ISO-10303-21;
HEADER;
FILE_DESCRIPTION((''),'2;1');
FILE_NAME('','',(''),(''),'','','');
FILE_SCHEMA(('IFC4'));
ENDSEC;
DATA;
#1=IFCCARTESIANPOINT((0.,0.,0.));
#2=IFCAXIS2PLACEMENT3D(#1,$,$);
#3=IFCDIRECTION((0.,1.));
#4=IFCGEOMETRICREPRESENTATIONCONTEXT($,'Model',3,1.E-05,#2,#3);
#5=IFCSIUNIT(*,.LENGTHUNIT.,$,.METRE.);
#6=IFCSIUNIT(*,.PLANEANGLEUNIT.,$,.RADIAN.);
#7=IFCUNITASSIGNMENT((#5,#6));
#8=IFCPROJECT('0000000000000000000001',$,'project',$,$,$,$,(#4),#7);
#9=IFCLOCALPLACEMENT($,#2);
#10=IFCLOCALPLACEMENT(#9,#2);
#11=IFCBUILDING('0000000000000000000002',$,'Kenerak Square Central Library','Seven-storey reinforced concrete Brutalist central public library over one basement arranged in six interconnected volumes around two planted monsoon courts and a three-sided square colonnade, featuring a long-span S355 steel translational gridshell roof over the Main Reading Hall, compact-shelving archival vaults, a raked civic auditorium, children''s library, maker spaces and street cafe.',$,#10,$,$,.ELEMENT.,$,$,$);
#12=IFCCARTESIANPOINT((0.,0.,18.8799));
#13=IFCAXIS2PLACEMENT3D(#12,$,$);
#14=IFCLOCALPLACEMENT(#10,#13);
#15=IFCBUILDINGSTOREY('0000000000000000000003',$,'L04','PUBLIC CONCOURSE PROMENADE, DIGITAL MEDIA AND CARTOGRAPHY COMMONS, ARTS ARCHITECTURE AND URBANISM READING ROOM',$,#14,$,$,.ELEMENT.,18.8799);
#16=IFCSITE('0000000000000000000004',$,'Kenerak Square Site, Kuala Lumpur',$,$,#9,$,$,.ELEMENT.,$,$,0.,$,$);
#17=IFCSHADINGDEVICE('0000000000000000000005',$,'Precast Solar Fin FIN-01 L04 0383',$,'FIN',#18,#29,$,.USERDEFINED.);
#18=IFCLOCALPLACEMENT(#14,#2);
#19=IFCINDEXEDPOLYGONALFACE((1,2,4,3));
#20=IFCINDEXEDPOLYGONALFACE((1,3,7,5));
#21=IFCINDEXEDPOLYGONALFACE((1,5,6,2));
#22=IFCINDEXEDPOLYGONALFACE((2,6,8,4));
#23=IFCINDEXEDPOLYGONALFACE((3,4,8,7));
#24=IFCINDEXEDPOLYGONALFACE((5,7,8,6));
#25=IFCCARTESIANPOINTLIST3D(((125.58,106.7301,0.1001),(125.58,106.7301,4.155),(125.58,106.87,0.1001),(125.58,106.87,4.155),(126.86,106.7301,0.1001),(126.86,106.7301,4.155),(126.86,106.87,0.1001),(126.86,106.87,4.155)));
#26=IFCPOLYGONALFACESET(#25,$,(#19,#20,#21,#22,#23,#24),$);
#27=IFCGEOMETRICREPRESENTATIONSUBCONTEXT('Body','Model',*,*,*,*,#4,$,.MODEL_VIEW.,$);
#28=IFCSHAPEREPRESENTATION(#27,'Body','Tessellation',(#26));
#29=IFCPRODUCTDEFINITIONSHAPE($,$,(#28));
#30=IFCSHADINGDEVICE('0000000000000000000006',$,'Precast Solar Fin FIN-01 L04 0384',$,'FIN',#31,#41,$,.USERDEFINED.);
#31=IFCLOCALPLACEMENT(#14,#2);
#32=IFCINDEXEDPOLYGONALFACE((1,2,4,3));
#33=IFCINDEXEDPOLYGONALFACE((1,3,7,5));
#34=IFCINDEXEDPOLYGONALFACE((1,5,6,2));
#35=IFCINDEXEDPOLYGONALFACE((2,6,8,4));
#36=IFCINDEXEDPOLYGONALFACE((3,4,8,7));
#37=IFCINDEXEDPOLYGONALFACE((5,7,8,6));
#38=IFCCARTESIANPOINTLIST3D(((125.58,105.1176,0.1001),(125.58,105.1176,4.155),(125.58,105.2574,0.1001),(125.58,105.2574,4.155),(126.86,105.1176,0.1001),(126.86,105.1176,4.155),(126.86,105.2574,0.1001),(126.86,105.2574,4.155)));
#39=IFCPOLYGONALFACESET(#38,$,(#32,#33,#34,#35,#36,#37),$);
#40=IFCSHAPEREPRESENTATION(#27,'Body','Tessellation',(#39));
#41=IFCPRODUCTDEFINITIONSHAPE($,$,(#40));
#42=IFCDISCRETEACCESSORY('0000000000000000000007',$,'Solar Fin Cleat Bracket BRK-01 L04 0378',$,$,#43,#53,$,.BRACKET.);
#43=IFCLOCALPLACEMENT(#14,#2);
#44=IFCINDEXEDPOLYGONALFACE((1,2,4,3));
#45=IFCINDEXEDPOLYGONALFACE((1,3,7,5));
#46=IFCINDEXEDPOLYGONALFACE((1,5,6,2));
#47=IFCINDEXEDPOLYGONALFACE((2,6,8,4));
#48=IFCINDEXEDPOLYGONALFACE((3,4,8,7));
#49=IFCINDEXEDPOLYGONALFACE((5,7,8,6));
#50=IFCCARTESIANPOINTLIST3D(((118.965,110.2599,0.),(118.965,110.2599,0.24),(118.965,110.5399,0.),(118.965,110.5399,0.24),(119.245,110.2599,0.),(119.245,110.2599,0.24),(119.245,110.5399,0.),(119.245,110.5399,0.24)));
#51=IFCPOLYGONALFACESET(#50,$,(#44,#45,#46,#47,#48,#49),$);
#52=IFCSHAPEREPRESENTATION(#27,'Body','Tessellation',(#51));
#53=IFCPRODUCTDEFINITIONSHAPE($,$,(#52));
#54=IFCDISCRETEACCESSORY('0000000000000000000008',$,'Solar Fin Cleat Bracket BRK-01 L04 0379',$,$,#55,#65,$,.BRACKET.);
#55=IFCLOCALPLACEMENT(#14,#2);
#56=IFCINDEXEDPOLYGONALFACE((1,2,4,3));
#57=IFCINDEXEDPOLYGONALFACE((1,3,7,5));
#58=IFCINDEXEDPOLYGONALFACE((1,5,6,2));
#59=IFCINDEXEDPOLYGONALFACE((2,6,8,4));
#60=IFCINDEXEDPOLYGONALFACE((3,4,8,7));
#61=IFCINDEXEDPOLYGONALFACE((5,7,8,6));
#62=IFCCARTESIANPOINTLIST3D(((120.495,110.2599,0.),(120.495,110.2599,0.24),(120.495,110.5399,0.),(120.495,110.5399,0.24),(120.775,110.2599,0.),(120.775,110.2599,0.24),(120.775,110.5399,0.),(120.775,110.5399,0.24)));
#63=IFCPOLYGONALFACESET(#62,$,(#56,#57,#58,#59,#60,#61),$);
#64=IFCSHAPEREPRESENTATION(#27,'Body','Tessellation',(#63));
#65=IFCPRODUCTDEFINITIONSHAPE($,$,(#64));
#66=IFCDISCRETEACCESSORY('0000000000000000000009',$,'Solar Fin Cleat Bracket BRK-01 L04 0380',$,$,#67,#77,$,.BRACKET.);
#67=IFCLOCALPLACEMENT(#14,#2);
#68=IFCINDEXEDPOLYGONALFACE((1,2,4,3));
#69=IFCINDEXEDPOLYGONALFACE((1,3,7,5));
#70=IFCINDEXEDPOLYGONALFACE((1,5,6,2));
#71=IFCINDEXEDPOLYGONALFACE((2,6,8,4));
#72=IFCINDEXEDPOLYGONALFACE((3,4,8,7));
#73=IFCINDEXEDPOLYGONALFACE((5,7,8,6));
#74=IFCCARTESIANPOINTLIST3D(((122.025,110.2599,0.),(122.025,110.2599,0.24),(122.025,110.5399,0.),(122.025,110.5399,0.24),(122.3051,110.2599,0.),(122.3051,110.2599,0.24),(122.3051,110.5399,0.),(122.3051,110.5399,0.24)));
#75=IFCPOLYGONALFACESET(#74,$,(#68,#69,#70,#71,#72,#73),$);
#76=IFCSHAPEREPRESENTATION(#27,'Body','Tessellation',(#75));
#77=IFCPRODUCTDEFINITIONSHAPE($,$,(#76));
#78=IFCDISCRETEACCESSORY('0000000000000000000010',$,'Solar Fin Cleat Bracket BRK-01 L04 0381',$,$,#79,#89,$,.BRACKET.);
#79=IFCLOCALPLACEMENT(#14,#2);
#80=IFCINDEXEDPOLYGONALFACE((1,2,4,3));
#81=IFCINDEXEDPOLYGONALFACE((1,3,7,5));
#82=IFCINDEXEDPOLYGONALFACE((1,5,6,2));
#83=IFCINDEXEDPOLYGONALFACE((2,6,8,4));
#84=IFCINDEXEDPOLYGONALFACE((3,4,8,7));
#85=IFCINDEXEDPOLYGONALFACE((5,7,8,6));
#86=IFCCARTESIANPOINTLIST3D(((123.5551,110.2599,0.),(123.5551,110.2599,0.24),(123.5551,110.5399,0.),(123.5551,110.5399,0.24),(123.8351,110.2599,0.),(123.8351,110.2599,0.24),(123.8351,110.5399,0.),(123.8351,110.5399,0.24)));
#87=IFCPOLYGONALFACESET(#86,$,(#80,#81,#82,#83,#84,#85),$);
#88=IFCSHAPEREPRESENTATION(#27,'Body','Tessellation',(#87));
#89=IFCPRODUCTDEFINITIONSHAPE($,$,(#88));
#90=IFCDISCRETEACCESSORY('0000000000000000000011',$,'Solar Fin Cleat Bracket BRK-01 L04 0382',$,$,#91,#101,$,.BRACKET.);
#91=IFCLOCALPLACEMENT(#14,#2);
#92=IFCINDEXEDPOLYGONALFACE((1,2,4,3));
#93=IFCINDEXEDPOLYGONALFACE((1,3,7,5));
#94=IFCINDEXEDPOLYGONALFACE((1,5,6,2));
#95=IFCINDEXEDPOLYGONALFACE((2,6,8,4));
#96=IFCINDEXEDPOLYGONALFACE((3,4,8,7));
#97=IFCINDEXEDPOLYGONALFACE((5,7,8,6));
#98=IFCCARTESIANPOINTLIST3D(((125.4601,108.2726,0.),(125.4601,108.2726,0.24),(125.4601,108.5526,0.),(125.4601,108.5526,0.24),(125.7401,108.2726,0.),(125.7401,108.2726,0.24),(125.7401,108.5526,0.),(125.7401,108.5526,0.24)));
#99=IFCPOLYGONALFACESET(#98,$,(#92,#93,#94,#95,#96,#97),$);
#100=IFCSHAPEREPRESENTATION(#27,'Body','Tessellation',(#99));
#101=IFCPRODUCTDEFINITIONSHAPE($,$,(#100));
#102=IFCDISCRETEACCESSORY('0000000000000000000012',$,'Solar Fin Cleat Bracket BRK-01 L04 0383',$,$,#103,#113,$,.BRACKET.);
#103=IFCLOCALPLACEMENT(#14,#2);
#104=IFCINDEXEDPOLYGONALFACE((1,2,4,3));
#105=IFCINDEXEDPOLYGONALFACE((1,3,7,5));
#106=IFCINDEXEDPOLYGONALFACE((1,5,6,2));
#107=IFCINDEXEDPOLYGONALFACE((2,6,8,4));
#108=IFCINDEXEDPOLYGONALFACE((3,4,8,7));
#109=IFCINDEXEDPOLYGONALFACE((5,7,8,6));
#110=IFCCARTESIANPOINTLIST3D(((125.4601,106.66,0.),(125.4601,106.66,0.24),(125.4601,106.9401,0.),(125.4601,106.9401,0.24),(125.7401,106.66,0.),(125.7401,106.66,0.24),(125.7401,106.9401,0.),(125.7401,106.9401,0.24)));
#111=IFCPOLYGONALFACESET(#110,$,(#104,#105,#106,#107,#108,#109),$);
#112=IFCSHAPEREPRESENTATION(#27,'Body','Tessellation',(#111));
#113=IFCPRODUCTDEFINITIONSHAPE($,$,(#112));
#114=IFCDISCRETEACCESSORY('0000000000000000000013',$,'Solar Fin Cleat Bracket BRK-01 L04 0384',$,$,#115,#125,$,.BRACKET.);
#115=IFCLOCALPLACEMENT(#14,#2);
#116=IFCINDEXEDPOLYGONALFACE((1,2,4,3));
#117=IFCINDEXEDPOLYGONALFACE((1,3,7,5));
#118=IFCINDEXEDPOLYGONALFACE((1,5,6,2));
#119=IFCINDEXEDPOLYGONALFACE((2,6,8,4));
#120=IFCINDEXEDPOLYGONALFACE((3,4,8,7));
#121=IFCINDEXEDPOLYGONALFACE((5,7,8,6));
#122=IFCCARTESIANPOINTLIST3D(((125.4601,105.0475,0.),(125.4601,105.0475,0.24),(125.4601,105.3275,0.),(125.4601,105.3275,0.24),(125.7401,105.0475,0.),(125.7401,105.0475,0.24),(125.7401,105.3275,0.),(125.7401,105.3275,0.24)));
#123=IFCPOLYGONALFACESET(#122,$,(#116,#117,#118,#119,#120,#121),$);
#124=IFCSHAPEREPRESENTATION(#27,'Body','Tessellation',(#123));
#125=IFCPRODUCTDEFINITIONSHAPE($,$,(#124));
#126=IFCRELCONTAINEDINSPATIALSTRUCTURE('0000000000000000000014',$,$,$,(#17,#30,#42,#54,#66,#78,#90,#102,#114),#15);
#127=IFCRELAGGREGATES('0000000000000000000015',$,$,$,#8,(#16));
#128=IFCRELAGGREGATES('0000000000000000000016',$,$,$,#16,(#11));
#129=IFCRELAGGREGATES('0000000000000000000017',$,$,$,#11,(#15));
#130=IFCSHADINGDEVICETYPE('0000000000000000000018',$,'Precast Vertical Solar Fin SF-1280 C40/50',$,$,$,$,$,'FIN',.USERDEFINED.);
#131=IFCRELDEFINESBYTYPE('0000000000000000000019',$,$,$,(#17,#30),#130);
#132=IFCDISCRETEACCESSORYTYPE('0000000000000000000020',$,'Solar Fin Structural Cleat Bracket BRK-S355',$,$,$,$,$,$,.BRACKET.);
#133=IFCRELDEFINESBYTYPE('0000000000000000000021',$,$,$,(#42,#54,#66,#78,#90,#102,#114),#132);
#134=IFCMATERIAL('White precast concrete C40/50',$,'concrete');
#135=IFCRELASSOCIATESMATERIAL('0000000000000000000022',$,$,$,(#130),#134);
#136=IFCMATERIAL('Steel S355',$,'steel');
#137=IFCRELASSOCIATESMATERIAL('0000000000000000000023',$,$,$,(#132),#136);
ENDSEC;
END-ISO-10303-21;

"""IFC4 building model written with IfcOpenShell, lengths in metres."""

from ifc_helpers import new_model, si_unit, direction, frame, origin, origin_2d, place, context, subcontext, project, spatial, rectangle, extrude, material, type_object, element, save


model = new_model("IFC4")

# Units and contexts
model_context = context("Model", 3, precision=1e-05, world=origin(), true_north=direction((0.0, 1.0)))
body_context = subcontext(model_context, "Body", "Model", "MODEL_VIEW")
ifc_project = project(units=[si_unit("LENGTHUNIT", "METRE"), si_unit("PLANEANGLEUNIT", "RADIAN")], contexts=[model_context])

# Site, building, storey
site_placement = place(None, origin())
site = spatial("IfcSite", under=ifc_project, at=site_placement, Name="Kenerak Square Site, Kuala Lumpur", CompositionType="ELEMENT", RefElevation=0.0)
building_placement = place(site_placement, origin())
building = spatial("IfcBuilding", under=site, at=building_placement, Name="Kenerak Square Central Library", Description="Seven-storey reinforced concrete Brutalist central public library over one basement arranged in six interconnected volumes around two planted monsoon courts and a three-sided square colonnade, featuring a long-span S355 steel translational gridshell roof over the Main Reading Hall, compact-shelving archival vaults, a raked civic auditorium, children's library, maker spaces and street cafe.", CompositionType="ELEMENT")
storey_placement = place(building_placement, frame((0.0, 0.0, 18.8799)))
storey = spatial("IfcBuildingStorey", under=building, at=storey_placement, Name="L04", Description="PUBLIC CONCOURSE PROMENADE, DIGITAL MEDIA AND CARTOGRAPHY COMMONS, ARTS ARCHITECTURE AND URBANISM READING ROOM", CompositionType="ELEMENT", Elevation=18.8799)

# Shading devices
ifc_material_1 = material(Name="White precast concrete C40/50", Category="concrete")
shading_device_type = type_object("IfcShadingDeviceType", Name="Precast Vertical Solar Fin SF-1280 C40/50", ElementType="FIN", PredefinedType="USERDEFINED", material=ifc_material_1)
for number, where, z_axis, x_axis, name in (
    (1, (126.22, 106.8, 0.1001), (0.0, 0.0, 1.0), (0.0, -1.0, 0.0), "Precast Solar Fin FIN-01 L04 0383"),
    (2, (126.22, 105.1875, 0.1001), (0.0, 0.0, 1.0), (0.0, -1.0, 0.0), "Precast Solar Fin FIN-01 L04 0384"),
):
    element("IfcShadingDevice", number, at=place(storey_placement, frame(where, z_axis=z_axis, x_axis=x_axis)), inside=storey, type_object=shading_device_type, Name=name, ObjectType="FIN", PredefinedType="USERDEFINED", context=body_context, shape_type="SweptSolid", body=[
        extrude(rectangle(XDim=0.1399, YDim=1.28, at=origin_2d()), origin(), (0.0, 0.0, 1.0), 4.0549),
    ])

# Discrete accessories
ifc_material_2 = material(Name="Steel S355", Category="steel")
discrete_accessory_type = type_object("IfcDiscreteAccessoryType", Name="Solar Fin Structural Cleat Bracket BRK-S355", PredefinedType="BRACKET", material=ifc_material_2)
for number, where, z_axis, x_axis, name in (
    (3, (119.105, 110.3999, 0.0), (0.0, 0.0, 1.0), (1.0, 0.0, 0.0), "Solar Fin Cleat Bracket BRK-01 L04 0378"),
    (4, (120.635, 110.3999, 0.0), (0.0, 0.0, 1.0), (1.0, 0.0, 0.0), "Solar Fin Cleat Bracket BRK-01 L04 0379"),
    (5, (122.165, 110.3999, 0.0), (0.0, 0.0, 1.0), (1.0, 0.0, 0.0), "Solar Fin Cleat Bracket BRK-01 L04 0380"),
    (6, (123.6951, 110.3999, 0.0), (0.0, 0.0, 1.0), (1.0, 0.0, 0.0), "Solar Fin Cleat Bracket BRK-01 L04 0381"),
    (7, (125.6001, 108.4126, 0.0), (0.0, 0.0, 1.0), (0.0, -1.0, 0.0), "Solar Fin Cleat Bracket BRK-01 L04 0382"),
    (8, (125.6001, 106.8, 0.0), (0.0, 0.0, 1.0), (0.0, -1.0, 0.0), "Solar Fin Cleat Bracket BRK-01 L04 0383"),
    (9, (125.6001, 105.1875, 0.0), (0.0, 0.0, 1.0), (0.0, -1.0, 0.0), "Solar Fin Cleat Bracket BRK-01 L04 0384"),
):
    element("IfcDiscreteAccessory", number, at=place(storey_placement, frame(where, z_axis=z_axis, x_axis=x_axis)), inside=storey, type_object=discrete_accessory_type, Name=name, PredefinedType="BRACKET", context=body_context, shape_type="SweptSolid", body=[
        extrude(rectangle(XDim=0.28, YDim=0.28, at=origin_2d()), origin(), (0.0, 0.0, 1.0), 0.24),
    ])

save(model, "model.ifc")
